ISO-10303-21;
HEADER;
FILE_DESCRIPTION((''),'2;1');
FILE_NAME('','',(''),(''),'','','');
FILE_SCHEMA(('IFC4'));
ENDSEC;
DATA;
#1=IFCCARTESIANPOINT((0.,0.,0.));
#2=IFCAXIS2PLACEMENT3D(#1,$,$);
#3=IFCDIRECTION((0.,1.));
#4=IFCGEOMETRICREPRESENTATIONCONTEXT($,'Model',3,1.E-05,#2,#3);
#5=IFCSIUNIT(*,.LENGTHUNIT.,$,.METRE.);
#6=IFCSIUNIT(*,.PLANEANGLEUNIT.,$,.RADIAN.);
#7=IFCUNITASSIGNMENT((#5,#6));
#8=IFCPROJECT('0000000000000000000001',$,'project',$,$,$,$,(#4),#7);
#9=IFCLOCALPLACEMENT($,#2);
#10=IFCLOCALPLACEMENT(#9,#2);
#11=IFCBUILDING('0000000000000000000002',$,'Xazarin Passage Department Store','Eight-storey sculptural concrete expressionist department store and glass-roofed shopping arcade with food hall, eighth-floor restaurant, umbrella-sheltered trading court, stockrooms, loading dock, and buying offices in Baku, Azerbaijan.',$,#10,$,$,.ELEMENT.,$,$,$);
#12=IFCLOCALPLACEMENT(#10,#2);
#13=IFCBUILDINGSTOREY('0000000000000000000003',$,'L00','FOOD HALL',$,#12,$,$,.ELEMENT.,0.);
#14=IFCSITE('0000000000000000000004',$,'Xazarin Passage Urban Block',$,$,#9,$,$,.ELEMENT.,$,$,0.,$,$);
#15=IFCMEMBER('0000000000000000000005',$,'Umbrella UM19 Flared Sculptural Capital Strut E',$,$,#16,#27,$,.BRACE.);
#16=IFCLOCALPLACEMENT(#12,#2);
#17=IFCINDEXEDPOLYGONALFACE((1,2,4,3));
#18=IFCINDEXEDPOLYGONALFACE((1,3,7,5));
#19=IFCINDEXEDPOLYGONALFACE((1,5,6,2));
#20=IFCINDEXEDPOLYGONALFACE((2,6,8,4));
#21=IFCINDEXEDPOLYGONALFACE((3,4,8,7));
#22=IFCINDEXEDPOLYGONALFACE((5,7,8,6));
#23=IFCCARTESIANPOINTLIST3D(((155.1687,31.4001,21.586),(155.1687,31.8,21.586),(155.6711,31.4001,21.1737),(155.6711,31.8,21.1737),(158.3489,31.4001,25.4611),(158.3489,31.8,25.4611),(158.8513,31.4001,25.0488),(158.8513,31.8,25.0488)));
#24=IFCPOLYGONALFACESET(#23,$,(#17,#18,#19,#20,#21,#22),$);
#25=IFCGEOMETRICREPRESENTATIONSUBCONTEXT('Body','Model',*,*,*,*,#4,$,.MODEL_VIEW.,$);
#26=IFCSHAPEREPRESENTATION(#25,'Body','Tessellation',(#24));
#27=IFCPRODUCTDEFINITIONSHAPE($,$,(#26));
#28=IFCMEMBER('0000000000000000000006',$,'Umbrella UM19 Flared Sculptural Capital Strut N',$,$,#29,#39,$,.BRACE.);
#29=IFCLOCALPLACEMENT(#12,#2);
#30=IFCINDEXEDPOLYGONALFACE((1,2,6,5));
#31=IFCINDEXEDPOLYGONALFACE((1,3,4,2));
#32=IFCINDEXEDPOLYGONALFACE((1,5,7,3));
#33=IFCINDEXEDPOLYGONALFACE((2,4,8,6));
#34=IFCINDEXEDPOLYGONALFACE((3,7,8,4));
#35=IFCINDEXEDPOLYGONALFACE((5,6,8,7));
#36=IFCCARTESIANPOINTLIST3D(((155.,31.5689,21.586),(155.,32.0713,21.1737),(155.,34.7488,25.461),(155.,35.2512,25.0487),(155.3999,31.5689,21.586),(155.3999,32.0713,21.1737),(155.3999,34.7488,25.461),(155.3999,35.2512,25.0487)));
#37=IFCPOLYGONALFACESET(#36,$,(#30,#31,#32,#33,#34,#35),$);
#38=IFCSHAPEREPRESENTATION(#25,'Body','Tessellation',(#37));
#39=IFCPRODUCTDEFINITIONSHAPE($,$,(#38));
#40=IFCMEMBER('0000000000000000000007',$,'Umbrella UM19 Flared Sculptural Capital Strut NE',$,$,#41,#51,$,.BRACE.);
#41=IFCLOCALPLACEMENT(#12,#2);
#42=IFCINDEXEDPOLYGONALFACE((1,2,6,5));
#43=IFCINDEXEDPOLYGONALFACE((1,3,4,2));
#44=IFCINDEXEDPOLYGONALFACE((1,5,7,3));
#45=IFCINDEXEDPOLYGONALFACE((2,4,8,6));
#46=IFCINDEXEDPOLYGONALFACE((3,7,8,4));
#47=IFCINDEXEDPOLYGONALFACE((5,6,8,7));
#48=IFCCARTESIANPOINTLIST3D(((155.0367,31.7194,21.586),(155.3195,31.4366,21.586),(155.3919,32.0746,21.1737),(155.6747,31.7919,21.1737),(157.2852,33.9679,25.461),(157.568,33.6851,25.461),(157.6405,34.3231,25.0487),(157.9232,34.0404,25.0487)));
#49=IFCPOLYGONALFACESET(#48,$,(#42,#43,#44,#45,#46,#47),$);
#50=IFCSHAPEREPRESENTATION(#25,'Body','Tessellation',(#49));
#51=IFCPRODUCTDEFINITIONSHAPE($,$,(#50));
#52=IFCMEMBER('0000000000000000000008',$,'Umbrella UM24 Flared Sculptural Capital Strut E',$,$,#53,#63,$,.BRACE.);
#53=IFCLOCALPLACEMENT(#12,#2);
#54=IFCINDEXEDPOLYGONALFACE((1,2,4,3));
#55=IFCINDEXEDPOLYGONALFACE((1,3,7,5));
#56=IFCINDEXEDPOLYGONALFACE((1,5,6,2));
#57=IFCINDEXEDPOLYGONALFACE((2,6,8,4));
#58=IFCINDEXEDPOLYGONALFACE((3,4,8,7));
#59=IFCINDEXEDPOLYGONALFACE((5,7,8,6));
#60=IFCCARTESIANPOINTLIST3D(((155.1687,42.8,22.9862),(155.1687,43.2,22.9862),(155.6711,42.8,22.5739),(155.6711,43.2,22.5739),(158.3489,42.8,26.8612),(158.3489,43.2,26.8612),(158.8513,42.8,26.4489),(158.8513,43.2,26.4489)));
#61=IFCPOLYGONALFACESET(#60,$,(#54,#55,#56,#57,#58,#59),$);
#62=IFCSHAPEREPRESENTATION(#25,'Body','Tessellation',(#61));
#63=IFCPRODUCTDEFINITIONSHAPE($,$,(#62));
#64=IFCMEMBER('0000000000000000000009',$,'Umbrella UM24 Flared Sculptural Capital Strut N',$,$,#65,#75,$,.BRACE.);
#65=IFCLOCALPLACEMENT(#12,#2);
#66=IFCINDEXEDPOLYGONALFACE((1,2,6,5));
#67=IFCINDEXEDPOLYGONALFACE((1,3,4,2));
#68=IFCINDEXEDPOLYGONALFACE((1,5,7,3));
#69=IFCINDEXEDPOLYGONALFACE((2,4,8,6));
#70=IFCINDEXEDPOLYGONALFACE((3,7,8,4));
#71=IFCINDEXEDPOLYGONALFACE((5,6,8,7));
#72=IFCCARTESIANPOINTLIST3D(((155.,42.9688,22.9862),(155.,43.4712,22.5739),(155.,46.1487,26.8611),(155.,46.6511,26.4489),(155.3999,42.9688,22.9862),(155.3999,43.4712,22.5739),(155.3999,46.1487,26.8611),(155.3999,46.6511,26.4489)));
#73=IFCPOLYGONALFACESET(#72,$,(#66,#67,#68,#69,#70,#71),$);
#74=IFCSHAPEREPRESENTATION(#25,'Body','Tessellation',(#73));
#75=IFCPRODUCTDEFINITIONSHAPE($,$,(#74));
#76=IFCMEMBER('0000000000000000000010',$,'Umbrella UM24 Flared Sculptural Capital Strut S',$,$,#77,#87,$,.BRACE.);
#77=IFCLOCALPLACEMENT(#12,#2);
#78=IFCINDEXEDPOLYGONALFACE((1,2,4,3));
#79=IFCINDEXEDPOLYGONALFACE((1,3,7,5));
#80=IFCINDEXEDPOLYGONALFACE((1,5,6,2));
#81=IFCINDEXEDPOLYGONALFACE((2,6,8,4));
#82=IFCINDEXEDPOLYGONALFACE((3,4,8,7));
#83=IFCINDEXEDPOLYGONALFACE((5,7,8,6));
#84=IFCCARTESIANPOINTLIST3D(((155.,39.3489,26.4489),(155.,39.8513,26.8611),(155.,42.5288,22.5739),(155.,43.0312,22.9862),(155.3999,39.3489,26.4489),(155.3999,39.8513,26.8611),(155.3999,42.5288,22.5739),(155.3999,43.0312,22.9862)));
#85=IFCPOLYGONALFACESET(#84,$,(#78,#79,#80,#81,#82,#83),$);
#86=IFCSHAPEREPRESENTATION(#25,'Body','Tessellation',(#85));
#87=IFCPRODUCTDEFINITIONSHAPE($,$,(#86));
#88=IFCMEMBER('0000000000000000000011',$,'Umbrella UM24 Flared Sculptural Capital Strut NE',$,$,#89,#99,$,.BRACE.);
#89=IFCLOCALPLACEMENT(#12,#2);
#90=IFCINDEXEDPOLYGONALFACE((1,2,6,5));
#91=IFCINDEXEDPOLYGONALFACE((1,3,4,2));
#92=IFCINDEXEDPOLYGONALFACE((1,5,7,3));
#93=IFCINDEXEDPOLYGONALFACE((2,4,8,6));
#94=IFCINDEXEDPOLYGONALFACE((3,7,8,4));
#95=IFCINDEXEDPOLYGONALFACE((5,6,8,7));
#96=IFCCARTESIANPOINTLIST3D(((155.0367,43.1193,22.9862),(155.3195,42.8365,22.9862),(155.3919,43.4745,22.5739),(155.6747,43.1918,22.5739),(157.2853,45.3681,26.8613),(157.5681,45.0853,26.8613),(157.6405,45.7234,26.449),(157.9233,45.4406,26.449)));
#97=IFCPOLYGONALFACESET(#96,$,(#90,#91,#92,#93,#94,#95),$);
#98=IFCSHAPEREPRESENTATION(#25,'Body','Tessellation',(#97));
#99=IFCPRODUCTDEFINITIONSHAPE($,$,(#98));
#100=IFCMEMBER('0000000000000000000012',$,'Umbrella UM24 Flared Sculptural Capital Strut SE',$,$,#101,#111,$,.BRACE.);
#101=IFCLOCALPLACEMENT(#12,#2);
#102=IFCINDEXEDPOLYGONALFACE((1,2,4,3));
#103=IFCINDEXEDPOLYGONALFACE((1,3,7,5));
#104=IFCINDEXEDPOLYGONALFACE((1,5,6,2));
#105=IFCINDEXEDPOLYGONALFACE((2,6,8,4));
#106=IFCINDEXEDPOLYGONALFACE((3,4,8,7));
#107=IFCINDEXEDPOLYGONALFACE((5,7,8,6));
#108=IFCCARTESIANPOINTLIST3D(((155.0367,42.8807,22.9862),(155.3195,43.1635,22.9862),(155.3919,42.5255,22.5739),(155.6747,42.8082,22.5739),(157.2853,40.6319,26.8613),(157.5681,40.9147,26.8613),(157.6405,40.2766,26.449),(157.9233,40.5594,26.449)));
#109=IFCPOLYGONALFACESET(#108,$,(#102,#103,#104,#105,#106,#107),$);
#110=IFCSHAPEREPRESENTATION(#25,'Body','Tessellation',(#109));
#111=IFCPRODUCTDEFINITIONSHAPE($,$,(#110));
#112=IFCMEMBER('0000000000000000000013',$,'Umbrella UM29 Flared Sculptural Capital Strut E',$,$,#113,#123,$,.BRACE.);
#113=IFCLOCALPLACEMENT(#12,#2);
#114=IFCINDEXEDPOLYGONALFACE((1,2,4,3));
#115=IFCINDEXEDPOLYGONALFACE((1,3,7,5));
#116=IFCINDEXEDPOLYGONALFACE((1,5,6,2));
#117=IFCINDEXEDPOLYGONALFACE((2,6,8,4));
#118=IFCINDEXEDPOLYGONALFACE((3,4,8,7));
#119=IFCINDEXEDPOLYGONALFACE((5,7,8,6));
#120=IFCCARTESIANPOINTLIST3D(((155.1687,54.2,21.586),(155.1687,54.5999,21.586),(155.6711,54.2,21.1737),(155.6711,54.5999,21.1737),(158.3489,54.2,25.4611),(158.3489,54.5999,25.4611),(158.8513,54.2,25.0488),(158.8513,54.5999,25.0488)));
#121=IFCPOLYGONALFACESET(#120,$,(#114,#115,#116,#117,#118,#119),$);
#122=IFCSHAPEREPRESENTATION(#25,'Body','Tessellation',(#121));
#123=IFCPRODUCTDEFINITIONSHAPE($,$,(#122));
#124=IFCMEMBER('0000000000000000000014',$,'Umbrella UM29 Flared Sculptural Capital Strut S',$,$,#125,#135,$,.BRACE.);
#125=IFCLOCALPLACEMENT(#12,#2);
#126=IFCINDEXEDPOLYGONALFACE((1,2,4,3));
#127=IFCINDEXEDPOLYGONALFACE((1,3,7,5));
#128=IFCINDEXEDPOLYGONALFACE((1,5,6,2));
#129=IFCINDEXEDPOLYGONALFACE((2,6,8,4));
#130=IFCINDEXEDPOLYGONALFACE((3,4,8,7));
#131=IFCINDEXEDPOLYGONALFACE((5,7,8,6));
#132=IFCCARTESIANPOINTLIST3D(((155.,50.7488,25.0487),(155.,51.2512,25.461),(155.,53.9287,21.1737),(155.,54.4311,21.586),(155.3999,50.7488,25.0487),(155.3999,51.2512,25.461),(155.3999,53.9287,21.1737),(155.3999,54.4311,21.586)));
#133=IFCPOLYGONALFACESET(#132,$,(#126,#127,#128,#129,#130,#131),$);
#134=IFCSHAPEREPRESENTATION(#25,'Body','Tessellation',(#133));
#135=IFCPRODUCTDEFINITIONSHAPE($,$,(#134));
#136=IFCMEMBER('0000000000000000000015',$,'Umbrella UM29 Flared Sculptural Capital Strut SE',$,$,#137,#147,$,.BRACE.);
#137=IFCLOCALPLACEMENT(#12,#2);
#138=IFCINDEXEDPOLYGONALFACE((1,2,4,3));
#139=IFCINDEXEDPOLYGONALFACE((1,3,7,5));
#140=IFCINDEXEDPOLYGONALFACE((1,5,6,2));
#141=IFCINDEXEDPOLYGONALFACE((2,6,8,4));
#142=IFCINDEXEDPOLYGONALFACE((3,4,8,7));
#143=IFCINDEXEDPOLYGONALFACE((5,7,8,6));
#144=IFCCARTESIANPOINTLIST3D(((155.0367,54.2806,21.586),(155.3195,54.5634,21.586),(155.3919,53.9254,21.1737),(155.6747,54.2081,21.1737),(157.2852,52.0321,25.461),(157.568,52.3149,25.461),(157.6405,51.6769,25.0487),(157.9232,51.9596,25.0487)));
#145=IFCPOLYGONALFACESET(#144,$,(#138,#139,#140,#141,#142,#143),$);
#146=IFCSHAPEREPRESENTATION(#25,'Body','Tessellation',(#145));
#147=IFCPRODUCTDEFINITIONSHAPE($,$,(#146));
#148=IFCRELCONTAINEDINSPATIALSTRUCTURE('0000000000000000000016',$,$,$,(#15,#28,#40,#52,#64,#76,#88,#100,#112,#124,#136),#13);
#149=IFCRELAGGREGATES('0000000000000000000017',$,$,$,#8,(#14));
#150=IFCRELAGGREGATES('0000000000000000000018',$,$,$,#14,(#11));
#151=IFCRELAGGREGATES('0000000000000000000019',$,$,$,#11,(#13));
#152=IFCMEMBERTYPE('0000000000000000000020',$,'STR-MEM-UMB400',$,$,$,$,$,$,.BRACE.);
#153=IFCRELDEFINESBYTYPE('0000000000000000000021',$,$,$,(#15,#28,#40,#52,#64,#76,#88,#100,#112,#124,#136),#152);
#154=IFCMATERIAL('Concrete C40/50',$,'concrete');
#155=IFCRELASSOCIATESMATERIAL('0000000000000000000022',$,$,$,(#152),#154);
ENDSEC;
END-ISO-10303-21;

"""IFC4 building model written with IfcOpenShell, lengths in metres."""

from ifc_helpers import new_model, si_unit, direction, frame, origin, origin_2d, place, context, subcontext, project, spatial, rectangle, extrude, material, material_profile, profile_set, type_object, element, save


model = new_model("IFC4")

# Units and contexts
model_context = context("Model", 3, precision=1e-05, world=origin(), true_north=direction((0.0, 1.0)))
body_context = subcontext(model_context, "Body", "Model", "MODEL_VIEW")
ifc_project = project(units=[si_unit("LENGTHUNIT", "METRE"), si_unit("PLANEANGLEUNIT", "RADIAN")], contexts=[model_context])

# Site, building, storey
site_placement = place(None, origin())
site = spatial("IfcSite", under=ifc_project, at=site_placement, Name="Xazarin Passage Urban Block", CompositionType="ELEMENT", RefElevation=0.0)
building_placement = place(site_placement, origin())
building = spatial("IfcBuilding", under=site, at=building_placement, Name="Xazarin Passage Department Store", Description="Eight-storey sculptural concrete expressionist department store and glass-roofed shopping arcade with food hall, eighth-floor restaurant, umbrella-sheltered trading court, stockrooms, loading dock, and buying offices in Baku, Azerbaijan.", CompositionType="ELEMENT")
storey_placement = place(building_placement, origin())
storey = spatial("IfcBuildingStorey", under=building, at=storey_placement, Name="L00", Description="FOOD HALL", CompositionType="ELEMENT", Elevation=0.0)

# Shared definitions
ifc_material_1 = material(Name="Concrete C40/50", Category="concrete")

# Members
ifc_material_profile_1 = material_profile(ifc_material_1, rectangle(XDim=0.3999, YDim=0.6499, at=origin_2d()), Name="RC 400x650")
ifc_profile_set_1 = profile_set([ifc_material_profile_1], Name="Concrete C40/50")
member_type = type_object("IfcMemberType", Name="STR-MEM-UMB400", PredefinedType="BRACE", material=ifc_profile_set_1)
member_1_placement = place(storey_placement, frame((155.4199, 31.6001, 21.3799), z_axis=(0.634399, 0.0, 0.773006), x_axis=(0.0, 1.0, 0.0)))
element("IfcMember", 1, at=member_1_placement, inside=storey, type_object=member_type, Name="Umbrella UM19 Flared Sculptural Capital Strut E", PredefinedType="BRACE", context=body_context, shape_type="SweptSolid", body=[
    extrude(rectangle(XDim=0.3999, YDim=0.6499, at=origin_2d()), origin(), (0.0, 0.0, 1.0), 5.0129),
])
for number, where, z_axis, x_axis, name in (
    (2, (155.2, 31.8201, 21.3799), (0.0, 0.63437, 0.77303), (-1.0, 0.0, 0.0), "Umbrella UM19 Flared Sculptural Capital Strut N"),
    (3, (155.3557, 31.7556, 21.3799), (0.448565, 0.448565, 0.773032), (-0.707107, 0.707107, 0.0), "Umbrella UM19 Flared Sculptural Capital Strut NE"),
):
    element("IfcMember", number, at=place(storey_placement, frame(where, z_axis=z_axis, x_axis=x_axis)), inside=storey, type_object=member_type, Name=name, PredefinedType="BRACE", context=body_context, shape_type="SweptSolid", body=[
        extrude(rectangle(XDim=0.3999, YDim=0.6499, at=origin_2d()), origin(), (0.0, 0.0, 1.0), 5.0127),
    ])
member_2_placement = place(storey_placement, frame((155.4199, 43.0, 22.78), z_axis=(0.634399, 0.0, 0.773006), x_axis=(0.0, 1.0, 0.0)))
element("IfcMember", 4, at=member_2_placement, inside=storey, type_object=member_type, Name="Umbrella UM24 Flared Sculptural Capital Strut E", PredefinedType="BRACE", context=body_context, shape_type="SweptSolid", body=[
    extrude(rectangle(XDim=0.3999, YDim=0.6499, at=origin_2d()), origin(), (0.0, 0.0, 1.0), 5.0129),
])
for number, where, z_axis, x_axis, name in (
    (5, (155.2, 43.22, 22.78), (0.0, 0.63437, 0.77303), (-1.0, 0.0, 0.0), "Umbrella UM24 Flared Sculptural Capital Strut N"),
    (6, (155.2, 42.78, 22.78), (0.0, -0.63437, 0.77303), (1.0, 0.0, 0.0), "Umbrella UM24 Flared Sculptural Capital Strut S"),
):
    element("IfcMember", number, at=place(storey_placement, frame(where, z_axis=z_axis, x_axis=x_axis)), inside=storey, type_object=member_type, Name=name, PredefinedType="BRACE", context=body_context, shape_type="SweptSolid", body=[
        extrude(rectangle(XDim=0.3999, YDim=0.6499, at=origin_2d()), origin(), (0.0, 0.0, 1.0), 5.0127),
    ])
for number, where, z_axis, x_axis, name in (
    (7, (155.3557, 43.1555, 22.78), (0.448555, 0.448604, 0.773015), (-0.707145, 0.707068, 0.0), "Umbrella UM24 Flared Sculptural Capital Strut NE"),
    (8, (155.3557, 42.8445, 22.78), (0.448555, -0.448604, 0.773015), (0.707145, 0.707068, 0.0), "Umbrella UM24 Flared Sculptural Capital Strut SE"),
    (9, (155.4199, 54.3999, 21.3799), (0.634399, 0.0, 0.773006), (0.0, 1.0, 0.0), "Umbrella UM29 Flared Sculptural Capital Strut E"),
):
    element("IfcMember", number, at=place(storey_placement, frame(where, z_axis=z_axis, x_axis=x_axis)), inside=storey, type_object=member_type, Name=name, PredefinedType="BRACE", context=body_context, shape_type="SweptSolid", body=[
        extrude(rectangle(XDim=0.3999, YDim=0.6499, at=origin_2d()), origin(), (0.0, 0.0, 1.0), 5.0129),
    ])
for number, where, z_axis, x_axis, name in (
    (10, (155.2, 54.1799, 21.3799), (0.0, -0.63437, 0.77303), (1.0, 0.0, 0.0), "Umbrella UM29 Flared Sculptural Capital Strut S"),
    (11, (155.3557, 54.2444, 21.3799), (0.448565, -0.448565, 0.773032), (0.707107, 0.707107, 0.0), "Umbrella UM29 Flared Sculptural Capital Strut SE"),
):
    element("IfcMember", number, at=place(storey_placement, frame(where, z_axis=z_axis, x_axis=x_axis)), inside=storey, type_object=member_type, Name=name, PredefinedType="BRACE", context=body_context, shape_type="SweptSolid", body=[
        extrude(rectangle(XDim=0.3999, YDim=0.6499, at=origin_2d()), origin(), (0.0, 0.0, 1.0), 5.0127),
    ])

save(model, "model.ifc")
